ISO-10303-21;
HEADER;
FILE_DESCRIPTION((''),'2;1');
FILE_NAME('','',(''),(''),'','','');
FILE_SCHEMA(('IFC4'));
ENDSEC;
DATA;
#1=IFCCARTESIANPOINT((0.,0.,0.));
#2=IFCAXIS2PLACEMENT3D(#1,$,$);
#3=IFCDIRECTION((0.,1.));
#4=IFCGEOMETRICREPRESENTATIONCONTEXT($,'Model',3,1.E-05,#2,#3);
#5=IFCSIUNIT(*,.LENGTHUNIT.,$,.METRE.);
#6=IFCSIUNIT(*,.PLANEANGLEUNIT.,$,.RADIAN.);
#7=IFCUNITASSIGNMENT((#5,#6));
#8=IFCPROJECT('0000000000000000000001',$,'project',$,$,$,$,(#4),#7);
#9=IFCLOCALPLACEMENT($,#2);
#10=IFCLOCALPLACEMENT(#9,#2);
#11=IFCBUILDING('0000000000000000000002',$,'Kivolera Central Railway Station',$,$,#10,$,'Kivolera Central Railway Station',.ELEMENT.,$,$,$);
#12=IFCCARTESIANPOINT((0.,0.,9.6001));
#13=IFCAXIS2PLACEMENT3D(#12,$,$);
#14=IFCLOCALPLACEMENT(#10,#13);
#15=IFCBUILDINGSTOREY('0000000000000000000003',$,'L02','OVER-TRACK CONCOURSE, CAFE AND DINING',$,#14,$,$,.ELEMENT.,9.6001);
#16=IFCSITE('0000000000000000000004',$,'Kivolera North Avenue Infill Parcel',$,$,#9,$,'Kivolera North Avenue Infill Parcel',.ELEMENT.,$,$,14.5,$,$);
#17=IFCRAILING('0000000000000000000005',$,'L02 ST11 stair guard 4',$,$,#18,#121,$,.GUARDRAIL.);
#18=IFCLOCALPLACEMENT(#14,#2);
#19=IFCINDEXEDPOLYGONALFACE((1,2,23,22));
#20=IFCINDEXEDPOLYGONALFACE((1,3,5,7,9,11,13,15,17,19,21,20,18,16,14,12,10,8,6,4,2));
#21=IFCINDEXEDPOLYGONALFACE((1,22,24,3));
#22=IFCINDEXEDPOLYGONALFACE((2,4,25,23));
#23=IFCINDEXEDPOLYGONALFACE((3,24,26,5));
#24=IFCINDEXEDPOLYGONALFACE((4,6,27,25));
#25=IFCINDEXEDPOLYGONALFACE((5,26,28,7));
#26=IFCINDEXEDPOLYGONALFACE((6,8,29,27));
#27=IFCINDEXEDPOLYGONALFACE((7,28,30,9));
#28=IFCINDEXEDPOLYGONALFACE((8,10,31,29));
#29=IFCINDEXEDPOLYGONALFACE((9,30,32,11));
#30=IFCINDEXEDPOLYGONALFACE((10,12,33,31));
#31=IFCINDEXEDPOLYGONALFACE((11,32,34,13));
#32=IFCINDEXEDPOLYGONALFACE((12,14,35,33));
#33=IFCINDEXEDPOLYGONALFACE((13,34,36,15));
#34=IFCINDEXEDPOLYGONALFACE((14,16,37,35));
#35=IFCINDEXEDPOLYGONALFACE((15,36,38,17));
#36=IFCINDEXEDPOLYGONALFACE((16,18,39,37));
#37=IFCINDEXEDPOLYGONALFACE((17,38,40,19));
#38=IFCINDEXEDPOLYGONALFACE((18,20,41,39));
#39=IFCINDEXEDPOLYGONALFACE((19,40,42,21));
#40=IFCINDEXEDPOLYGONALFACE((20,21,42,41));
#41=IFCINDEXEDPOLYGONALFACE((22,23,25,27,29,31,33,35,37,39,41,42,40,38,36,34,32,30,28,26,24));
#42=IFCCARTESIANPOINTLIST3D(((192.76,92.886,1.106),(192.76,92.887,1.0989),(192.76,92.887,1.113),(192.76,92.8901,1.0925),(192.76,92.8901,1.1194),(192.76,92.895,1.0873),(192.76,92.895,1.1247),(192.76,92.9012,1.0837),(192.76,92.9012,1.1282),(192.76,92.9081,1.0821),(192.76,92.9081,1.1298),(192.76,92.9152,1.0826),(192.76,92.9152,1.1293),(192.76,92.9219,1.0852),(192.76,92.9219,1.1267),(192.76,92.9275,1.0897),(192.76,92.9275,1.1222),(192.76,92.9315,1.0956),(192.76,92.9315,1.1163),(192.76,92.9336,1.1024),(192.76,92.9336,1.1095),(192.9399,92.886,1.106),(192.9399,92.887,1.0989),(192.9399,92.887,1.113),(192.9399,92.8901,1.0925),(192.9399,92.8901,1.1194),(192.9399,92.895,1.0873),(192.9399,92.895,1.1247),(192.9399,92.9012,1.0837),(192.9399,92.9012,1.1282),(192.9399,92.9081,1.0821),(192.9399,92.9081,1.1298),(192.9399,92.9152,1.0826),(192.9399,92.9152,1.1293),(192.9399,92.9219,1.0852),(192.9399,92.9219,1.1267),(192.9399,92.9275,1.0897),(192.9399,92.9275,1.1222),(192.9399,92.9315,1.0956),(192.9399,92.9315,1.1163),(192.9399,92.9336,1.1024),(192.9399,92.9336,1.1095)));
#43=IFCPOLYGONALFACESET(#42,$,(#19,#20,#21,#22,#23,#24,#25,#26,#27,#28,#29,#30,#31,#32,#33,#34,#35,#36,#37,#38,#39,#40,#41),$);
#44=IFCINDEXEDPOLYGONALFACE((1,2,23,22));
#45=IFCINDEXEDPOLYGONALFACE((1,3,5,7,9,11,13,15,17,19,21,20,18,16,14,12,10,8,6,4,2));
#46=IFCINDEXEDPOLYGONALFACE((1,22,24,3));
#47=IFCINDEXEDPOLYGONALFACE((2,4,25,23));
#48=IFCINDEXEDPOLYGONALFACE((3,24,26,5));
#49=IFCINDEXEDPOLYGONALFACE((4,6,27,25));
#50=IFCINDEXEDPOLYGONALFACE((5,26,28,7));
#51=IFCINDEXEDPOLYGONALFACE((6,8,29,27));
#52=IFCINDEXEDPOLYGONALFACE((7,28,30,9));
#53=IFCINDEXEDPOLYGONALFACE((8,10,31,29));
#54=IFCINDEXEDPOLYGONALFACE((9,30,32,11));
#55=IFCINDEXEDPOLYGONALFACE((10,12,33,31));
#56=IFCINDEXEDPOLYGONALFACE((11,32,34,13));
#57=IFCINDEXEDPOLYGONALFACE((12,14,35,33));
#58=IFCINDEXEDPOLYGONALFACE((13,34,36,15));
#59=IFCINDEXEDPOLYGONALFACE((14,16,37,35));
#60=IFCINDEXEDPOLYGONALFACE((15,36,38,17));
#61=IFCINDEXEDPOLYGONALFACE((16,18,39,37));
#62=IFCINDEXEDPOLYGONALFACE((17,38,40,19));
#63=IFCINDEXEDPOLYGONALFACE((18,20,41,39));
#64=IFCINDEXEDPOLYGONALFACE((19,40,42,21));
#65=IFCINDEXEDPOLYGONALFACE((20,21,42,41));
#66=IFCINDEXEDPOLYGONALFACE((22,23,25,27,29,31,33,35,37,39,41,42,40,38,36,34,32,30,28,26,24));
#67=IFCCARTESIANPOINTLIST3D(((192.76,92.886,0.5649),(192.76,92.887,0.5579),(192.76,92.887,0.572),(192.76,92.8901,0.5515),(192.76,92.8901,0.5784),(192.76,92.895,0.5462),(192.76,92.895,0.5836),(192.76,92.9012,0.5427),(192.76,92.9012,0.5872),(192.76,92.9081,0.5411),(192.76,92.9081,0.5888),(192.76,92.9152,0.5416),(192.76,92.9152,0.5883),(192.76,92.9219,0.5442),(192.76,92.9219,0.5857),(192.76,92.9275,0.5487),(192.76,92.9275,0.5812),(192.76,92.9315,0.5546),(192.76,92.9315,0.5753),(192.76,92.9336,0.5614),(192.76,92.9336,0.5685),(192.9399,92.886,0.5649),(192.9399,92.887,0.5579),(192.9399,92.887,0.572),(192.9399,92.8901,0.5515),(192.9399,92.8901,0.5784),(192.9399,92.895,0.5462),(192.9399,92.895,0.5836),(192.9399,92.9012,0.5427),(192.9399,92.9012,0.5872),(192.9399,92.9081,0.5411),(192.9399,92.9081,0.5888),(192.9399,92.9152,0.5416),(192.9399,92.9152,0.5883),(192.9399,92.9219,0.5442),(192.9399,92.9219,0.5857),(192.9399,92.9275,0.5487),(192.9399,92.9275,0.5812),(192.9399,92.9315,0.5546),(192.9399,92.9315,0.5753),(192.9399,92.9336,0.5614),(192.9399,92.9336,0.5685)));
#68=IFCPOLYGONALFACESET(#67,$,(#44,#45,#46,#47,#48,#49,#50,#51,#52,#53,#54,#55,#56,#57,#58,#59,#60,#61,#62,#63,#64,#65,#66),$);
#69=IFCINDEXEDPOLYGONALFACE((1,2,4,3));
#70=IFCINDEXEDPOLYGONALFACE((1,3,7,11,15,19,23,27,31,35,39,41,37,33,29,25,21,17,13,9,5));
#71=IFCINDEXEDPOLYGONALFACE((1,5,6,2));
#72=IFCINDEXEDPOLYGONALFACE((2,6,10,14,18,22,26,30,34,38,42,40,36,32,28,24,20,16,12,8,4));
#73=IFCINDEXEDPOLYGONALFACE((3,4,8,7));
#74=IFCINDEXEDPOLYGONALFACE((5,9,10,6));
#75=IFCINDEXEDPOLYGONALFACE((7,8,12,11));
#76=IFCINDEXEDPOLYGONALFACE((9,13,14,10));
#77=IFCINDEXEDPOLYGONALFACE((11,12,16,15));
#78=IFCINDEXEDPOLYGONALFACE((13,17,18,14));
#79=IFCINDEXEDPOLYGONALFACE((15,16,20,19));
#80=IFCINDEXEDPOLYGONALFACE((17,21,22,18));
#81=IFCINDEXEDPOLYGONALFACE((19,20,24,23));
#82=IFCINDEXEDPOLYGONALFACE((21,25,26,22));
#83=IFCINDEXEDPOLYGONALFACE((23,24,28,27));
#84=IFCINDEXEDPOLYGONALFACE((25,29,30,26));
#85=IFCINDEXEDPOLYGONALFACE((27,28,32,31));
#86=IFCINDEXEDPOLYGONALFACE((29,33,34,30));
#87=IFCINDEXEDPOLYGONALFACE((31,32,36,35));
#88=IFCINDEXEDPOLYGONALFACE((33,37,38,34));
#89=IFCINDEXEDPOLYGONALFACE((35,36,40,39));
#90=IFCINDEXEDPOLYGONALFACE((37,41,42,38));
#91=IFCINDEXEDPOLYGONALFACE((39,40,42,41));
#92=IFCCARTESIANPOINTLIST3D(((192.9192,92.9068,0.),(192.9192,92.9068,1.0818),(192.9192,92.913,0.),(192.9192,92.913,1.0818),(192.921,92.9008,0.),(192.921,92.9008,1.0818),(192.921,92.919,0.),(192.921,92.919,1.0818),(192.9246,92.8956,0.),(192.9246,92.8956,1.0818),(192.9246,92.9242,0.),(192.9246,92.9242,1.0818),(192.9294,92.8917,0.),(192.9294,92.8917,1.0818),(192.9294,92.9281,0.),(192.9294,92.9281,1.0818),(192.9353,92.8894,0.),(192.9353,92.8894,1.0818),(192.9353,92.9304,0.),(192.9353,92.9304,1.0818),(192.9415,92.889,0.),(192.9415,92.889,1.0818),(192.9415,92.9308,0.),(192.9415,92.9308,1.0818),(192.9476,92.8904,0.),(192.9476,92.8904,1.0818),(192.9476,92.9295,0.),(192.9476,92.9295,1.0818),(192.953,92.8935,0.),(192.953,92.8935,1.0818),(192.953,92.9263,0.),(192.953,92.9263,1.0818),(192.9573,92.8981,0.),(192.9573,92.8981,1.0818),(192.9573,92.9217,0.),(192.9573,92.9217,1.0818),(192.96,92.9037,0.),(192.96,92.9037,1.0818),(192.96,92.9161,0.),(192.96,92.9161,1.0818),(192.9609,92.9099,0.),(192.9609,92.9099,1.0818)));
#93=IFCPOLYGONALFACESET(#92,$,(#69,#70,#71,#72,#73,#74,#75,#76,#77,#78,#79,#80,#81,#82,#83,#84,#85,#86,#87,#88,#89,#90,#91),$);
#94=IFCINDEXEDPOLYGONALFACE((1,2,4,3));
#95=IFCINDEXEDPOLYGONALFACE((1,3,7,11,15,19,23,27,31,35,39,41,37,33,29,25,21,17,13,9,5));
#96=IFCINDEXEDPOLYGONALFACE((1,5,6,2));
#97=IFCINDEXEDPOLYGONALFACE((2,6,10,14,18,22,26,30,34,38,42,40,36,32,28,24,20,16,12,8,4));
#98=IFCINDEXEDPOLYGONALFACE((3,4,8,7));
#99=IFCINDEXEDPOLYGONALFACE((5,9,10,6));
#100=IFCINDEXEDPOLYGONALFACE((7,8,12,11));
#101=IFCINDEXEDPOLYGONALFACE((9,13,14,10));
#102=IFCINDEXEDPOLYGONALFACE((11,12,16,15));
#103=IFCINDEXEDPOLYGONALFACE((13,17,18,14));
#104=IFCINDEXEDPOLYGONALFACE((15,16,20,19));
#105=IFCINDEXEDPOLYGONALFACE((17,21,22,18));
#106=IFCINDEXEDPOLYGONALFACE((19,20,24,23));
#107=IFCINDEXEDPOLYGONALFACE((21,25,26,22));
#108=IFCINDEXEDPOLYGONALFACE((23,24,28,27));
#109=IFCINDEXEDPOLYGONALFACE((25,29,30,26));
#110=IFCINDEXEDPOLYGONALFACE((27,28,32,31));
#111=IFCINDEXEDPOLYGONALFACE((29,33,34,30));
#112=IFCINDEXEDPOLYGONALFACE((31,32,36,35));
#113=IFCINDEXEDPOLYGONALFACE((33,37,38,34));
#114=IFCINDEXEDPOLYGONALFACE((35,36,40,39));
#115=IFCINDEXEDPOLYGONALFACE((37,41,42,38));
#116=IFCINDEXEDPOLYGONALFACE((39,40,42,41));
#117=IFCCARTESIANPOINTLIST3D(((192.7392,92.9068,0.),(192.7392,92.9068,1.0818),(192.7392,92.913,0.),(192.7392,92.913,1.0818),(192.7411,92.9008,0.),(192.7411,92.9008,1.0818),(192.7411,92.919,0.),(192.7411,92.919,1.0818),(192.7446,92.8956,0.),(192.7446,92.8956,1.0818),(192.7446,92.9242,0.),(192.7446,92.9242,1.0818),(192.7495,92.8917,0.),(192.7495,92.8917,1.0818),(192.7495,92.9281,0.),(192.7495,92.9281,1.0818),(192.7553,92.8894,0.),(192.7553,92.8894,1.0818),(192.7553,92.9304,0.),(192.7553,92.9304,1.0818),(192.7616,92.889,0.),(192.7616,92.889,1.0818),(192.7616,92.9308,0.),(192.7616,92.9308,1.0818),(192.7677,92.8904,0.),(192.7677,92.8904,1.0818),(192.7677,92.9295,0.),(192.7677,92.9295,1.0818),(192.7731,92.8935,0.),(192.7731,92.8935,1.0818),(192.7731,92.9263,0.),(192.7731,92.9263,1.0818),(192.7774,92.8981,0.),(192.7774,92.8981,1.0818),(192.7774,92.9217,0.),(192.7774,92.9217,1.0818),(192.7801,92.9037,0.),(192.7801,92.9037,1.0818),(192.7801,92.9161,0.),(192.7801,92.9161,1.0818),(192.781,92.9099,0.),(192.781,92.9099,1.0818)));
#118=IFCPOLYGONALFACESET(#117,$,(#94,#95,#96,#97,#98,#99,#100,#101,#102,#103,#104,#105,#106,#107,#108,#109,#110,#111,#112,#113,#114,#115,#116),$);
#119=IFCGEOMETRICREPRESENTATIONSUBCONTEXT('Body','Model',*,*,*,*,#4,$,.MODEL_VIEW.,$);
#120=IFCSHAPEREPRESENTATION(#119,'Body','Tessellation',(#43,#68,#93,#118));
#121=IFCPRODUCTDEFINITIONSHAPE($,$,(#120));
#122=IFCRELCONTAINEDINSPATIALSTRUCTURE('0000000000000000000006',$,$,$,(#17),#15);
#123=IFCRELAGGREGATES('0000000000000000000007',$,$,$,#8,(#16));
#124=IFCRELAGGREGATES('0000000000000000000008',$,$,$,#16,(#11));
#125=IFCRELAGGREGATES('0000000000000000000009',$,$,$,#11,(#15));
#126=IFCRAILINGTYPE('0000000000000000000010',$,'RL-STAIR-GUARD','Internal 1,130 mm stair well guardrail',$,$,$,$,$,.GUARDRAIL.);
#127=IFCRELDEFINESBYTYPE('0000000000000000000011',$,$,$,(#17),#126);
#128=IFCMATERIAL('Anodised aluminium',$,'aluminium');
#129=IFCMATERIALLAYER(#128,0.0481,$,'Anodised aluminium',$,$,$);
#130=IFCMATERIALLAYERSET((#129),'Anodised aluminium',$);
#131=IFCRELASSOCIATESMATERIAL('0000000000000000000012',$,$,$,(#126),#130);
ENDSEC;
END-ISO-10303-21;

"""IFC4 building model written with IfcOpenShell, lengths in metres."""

from ifc_helpers import new_model, si_unit, direction, frame, origin, origin_2d, place, context, subcontext, project, spatial, circle, extrude, material, layer, layer_set, type_object, element, save


model = new_model("IFC4")

# Units and contexts
model_context = context("Model", 3, precision=1e-05, world=origin(), true_north=direction((0.0, 1.0)))
body_context = subcontext(model_context, "Body", "Model", "MODEL_VIEW")
ifc_project = project(units=[si_unit("LENGTHUNIT", "METRE"), si_unit("PLANEANGLEUNIT", "RADIAN")], contexts=[model_context])

# Site, building, storey
site_placement = place(None, origin())
site = spatial("IfcSite", under=ifc_project, at=site_placement, Name="Kivolera North Avenue Infill Parcel", LongName="Kivolera North Avenue Infill Parcel", CompositionType="ELEMENT", RefElevation=14.5)
building_placement = place(site_placement, origin())
building = spatial("IfcBuilding", under=site, at=building_placement, Name="Kivolera Central Railway Station", LongName="Kivolera Central Railway Station", CompositionType="ELEMENT")
storey_placement = place(building_placement, frame((0.0, 0.0, 9.6001)))
storey = spatial("IfcBuildingStorey", under=building, at=storey_placement, Name="L02", Description="OVER-TRACK CONCOURSE, CAFE AND DINING", CompositionType="ELEMENT", Elevation=9.6001)

# Shared definitions
ifc_material_1 = material(Name="Anodised aluminium", Category="aluminium")

# Railing
ifc_layer_1 = layer(ifc_material_1, 0.0481, Name="Anodised aluminium")
ifc_layer_set_1 = layer_set([ifc_layer_1], Name="Anodised aluminium")
railing_type_1 = type_object("IfcRailingType", Name="RL-STAIR-GUARD", Description="Internal 1,130 mm stair well guardrail", PredefinedType="GUARDRAIL", material=ifc_layer_set_1)
railing_1_placement = place(storey_placement, frame((192.9399, 92.9099, 0.0)))
element("IfcRailing", 1, at=railing_1_placement, inside=storey, type_object=railing_type_1, Name="L02 ST11 stair guard 4", PredefinedType="GUARDRAIL", context=body_context, shape_type="SweptSolid", body=[
    extrude(circle(Radius=0.0239, at=origin_2d()), frame((0.0, 0.0, 1.106), z_axis=(-1.0, 0.0, 0.0), x_axis=(0.0, -1.0, 0.0)), (0.0, 0.0, 1.0), 0.1799),
    extrude(circle(Radius=0.0239, at=origin_2d()), frame((0.0, 0.0, 0.5649), z_axis=(-1.0, 0.0, 0.0), x_axis=(0.0, -1.0, 0.0)), (0.0, 0.0, 1.0), 0.1799),
    extrude(circle(Radius=0.021, at=origin_2d()), origin(), (0.0, 0.0, 1.0), 1.0818),
    extrude(circle(Radius=0.021, at=origin_2d()), frame((-0.1799, 0.0, 0.0)), (0.0, 0.0, 1.0), 1.0818),
])

save(model, "model.ifc")
